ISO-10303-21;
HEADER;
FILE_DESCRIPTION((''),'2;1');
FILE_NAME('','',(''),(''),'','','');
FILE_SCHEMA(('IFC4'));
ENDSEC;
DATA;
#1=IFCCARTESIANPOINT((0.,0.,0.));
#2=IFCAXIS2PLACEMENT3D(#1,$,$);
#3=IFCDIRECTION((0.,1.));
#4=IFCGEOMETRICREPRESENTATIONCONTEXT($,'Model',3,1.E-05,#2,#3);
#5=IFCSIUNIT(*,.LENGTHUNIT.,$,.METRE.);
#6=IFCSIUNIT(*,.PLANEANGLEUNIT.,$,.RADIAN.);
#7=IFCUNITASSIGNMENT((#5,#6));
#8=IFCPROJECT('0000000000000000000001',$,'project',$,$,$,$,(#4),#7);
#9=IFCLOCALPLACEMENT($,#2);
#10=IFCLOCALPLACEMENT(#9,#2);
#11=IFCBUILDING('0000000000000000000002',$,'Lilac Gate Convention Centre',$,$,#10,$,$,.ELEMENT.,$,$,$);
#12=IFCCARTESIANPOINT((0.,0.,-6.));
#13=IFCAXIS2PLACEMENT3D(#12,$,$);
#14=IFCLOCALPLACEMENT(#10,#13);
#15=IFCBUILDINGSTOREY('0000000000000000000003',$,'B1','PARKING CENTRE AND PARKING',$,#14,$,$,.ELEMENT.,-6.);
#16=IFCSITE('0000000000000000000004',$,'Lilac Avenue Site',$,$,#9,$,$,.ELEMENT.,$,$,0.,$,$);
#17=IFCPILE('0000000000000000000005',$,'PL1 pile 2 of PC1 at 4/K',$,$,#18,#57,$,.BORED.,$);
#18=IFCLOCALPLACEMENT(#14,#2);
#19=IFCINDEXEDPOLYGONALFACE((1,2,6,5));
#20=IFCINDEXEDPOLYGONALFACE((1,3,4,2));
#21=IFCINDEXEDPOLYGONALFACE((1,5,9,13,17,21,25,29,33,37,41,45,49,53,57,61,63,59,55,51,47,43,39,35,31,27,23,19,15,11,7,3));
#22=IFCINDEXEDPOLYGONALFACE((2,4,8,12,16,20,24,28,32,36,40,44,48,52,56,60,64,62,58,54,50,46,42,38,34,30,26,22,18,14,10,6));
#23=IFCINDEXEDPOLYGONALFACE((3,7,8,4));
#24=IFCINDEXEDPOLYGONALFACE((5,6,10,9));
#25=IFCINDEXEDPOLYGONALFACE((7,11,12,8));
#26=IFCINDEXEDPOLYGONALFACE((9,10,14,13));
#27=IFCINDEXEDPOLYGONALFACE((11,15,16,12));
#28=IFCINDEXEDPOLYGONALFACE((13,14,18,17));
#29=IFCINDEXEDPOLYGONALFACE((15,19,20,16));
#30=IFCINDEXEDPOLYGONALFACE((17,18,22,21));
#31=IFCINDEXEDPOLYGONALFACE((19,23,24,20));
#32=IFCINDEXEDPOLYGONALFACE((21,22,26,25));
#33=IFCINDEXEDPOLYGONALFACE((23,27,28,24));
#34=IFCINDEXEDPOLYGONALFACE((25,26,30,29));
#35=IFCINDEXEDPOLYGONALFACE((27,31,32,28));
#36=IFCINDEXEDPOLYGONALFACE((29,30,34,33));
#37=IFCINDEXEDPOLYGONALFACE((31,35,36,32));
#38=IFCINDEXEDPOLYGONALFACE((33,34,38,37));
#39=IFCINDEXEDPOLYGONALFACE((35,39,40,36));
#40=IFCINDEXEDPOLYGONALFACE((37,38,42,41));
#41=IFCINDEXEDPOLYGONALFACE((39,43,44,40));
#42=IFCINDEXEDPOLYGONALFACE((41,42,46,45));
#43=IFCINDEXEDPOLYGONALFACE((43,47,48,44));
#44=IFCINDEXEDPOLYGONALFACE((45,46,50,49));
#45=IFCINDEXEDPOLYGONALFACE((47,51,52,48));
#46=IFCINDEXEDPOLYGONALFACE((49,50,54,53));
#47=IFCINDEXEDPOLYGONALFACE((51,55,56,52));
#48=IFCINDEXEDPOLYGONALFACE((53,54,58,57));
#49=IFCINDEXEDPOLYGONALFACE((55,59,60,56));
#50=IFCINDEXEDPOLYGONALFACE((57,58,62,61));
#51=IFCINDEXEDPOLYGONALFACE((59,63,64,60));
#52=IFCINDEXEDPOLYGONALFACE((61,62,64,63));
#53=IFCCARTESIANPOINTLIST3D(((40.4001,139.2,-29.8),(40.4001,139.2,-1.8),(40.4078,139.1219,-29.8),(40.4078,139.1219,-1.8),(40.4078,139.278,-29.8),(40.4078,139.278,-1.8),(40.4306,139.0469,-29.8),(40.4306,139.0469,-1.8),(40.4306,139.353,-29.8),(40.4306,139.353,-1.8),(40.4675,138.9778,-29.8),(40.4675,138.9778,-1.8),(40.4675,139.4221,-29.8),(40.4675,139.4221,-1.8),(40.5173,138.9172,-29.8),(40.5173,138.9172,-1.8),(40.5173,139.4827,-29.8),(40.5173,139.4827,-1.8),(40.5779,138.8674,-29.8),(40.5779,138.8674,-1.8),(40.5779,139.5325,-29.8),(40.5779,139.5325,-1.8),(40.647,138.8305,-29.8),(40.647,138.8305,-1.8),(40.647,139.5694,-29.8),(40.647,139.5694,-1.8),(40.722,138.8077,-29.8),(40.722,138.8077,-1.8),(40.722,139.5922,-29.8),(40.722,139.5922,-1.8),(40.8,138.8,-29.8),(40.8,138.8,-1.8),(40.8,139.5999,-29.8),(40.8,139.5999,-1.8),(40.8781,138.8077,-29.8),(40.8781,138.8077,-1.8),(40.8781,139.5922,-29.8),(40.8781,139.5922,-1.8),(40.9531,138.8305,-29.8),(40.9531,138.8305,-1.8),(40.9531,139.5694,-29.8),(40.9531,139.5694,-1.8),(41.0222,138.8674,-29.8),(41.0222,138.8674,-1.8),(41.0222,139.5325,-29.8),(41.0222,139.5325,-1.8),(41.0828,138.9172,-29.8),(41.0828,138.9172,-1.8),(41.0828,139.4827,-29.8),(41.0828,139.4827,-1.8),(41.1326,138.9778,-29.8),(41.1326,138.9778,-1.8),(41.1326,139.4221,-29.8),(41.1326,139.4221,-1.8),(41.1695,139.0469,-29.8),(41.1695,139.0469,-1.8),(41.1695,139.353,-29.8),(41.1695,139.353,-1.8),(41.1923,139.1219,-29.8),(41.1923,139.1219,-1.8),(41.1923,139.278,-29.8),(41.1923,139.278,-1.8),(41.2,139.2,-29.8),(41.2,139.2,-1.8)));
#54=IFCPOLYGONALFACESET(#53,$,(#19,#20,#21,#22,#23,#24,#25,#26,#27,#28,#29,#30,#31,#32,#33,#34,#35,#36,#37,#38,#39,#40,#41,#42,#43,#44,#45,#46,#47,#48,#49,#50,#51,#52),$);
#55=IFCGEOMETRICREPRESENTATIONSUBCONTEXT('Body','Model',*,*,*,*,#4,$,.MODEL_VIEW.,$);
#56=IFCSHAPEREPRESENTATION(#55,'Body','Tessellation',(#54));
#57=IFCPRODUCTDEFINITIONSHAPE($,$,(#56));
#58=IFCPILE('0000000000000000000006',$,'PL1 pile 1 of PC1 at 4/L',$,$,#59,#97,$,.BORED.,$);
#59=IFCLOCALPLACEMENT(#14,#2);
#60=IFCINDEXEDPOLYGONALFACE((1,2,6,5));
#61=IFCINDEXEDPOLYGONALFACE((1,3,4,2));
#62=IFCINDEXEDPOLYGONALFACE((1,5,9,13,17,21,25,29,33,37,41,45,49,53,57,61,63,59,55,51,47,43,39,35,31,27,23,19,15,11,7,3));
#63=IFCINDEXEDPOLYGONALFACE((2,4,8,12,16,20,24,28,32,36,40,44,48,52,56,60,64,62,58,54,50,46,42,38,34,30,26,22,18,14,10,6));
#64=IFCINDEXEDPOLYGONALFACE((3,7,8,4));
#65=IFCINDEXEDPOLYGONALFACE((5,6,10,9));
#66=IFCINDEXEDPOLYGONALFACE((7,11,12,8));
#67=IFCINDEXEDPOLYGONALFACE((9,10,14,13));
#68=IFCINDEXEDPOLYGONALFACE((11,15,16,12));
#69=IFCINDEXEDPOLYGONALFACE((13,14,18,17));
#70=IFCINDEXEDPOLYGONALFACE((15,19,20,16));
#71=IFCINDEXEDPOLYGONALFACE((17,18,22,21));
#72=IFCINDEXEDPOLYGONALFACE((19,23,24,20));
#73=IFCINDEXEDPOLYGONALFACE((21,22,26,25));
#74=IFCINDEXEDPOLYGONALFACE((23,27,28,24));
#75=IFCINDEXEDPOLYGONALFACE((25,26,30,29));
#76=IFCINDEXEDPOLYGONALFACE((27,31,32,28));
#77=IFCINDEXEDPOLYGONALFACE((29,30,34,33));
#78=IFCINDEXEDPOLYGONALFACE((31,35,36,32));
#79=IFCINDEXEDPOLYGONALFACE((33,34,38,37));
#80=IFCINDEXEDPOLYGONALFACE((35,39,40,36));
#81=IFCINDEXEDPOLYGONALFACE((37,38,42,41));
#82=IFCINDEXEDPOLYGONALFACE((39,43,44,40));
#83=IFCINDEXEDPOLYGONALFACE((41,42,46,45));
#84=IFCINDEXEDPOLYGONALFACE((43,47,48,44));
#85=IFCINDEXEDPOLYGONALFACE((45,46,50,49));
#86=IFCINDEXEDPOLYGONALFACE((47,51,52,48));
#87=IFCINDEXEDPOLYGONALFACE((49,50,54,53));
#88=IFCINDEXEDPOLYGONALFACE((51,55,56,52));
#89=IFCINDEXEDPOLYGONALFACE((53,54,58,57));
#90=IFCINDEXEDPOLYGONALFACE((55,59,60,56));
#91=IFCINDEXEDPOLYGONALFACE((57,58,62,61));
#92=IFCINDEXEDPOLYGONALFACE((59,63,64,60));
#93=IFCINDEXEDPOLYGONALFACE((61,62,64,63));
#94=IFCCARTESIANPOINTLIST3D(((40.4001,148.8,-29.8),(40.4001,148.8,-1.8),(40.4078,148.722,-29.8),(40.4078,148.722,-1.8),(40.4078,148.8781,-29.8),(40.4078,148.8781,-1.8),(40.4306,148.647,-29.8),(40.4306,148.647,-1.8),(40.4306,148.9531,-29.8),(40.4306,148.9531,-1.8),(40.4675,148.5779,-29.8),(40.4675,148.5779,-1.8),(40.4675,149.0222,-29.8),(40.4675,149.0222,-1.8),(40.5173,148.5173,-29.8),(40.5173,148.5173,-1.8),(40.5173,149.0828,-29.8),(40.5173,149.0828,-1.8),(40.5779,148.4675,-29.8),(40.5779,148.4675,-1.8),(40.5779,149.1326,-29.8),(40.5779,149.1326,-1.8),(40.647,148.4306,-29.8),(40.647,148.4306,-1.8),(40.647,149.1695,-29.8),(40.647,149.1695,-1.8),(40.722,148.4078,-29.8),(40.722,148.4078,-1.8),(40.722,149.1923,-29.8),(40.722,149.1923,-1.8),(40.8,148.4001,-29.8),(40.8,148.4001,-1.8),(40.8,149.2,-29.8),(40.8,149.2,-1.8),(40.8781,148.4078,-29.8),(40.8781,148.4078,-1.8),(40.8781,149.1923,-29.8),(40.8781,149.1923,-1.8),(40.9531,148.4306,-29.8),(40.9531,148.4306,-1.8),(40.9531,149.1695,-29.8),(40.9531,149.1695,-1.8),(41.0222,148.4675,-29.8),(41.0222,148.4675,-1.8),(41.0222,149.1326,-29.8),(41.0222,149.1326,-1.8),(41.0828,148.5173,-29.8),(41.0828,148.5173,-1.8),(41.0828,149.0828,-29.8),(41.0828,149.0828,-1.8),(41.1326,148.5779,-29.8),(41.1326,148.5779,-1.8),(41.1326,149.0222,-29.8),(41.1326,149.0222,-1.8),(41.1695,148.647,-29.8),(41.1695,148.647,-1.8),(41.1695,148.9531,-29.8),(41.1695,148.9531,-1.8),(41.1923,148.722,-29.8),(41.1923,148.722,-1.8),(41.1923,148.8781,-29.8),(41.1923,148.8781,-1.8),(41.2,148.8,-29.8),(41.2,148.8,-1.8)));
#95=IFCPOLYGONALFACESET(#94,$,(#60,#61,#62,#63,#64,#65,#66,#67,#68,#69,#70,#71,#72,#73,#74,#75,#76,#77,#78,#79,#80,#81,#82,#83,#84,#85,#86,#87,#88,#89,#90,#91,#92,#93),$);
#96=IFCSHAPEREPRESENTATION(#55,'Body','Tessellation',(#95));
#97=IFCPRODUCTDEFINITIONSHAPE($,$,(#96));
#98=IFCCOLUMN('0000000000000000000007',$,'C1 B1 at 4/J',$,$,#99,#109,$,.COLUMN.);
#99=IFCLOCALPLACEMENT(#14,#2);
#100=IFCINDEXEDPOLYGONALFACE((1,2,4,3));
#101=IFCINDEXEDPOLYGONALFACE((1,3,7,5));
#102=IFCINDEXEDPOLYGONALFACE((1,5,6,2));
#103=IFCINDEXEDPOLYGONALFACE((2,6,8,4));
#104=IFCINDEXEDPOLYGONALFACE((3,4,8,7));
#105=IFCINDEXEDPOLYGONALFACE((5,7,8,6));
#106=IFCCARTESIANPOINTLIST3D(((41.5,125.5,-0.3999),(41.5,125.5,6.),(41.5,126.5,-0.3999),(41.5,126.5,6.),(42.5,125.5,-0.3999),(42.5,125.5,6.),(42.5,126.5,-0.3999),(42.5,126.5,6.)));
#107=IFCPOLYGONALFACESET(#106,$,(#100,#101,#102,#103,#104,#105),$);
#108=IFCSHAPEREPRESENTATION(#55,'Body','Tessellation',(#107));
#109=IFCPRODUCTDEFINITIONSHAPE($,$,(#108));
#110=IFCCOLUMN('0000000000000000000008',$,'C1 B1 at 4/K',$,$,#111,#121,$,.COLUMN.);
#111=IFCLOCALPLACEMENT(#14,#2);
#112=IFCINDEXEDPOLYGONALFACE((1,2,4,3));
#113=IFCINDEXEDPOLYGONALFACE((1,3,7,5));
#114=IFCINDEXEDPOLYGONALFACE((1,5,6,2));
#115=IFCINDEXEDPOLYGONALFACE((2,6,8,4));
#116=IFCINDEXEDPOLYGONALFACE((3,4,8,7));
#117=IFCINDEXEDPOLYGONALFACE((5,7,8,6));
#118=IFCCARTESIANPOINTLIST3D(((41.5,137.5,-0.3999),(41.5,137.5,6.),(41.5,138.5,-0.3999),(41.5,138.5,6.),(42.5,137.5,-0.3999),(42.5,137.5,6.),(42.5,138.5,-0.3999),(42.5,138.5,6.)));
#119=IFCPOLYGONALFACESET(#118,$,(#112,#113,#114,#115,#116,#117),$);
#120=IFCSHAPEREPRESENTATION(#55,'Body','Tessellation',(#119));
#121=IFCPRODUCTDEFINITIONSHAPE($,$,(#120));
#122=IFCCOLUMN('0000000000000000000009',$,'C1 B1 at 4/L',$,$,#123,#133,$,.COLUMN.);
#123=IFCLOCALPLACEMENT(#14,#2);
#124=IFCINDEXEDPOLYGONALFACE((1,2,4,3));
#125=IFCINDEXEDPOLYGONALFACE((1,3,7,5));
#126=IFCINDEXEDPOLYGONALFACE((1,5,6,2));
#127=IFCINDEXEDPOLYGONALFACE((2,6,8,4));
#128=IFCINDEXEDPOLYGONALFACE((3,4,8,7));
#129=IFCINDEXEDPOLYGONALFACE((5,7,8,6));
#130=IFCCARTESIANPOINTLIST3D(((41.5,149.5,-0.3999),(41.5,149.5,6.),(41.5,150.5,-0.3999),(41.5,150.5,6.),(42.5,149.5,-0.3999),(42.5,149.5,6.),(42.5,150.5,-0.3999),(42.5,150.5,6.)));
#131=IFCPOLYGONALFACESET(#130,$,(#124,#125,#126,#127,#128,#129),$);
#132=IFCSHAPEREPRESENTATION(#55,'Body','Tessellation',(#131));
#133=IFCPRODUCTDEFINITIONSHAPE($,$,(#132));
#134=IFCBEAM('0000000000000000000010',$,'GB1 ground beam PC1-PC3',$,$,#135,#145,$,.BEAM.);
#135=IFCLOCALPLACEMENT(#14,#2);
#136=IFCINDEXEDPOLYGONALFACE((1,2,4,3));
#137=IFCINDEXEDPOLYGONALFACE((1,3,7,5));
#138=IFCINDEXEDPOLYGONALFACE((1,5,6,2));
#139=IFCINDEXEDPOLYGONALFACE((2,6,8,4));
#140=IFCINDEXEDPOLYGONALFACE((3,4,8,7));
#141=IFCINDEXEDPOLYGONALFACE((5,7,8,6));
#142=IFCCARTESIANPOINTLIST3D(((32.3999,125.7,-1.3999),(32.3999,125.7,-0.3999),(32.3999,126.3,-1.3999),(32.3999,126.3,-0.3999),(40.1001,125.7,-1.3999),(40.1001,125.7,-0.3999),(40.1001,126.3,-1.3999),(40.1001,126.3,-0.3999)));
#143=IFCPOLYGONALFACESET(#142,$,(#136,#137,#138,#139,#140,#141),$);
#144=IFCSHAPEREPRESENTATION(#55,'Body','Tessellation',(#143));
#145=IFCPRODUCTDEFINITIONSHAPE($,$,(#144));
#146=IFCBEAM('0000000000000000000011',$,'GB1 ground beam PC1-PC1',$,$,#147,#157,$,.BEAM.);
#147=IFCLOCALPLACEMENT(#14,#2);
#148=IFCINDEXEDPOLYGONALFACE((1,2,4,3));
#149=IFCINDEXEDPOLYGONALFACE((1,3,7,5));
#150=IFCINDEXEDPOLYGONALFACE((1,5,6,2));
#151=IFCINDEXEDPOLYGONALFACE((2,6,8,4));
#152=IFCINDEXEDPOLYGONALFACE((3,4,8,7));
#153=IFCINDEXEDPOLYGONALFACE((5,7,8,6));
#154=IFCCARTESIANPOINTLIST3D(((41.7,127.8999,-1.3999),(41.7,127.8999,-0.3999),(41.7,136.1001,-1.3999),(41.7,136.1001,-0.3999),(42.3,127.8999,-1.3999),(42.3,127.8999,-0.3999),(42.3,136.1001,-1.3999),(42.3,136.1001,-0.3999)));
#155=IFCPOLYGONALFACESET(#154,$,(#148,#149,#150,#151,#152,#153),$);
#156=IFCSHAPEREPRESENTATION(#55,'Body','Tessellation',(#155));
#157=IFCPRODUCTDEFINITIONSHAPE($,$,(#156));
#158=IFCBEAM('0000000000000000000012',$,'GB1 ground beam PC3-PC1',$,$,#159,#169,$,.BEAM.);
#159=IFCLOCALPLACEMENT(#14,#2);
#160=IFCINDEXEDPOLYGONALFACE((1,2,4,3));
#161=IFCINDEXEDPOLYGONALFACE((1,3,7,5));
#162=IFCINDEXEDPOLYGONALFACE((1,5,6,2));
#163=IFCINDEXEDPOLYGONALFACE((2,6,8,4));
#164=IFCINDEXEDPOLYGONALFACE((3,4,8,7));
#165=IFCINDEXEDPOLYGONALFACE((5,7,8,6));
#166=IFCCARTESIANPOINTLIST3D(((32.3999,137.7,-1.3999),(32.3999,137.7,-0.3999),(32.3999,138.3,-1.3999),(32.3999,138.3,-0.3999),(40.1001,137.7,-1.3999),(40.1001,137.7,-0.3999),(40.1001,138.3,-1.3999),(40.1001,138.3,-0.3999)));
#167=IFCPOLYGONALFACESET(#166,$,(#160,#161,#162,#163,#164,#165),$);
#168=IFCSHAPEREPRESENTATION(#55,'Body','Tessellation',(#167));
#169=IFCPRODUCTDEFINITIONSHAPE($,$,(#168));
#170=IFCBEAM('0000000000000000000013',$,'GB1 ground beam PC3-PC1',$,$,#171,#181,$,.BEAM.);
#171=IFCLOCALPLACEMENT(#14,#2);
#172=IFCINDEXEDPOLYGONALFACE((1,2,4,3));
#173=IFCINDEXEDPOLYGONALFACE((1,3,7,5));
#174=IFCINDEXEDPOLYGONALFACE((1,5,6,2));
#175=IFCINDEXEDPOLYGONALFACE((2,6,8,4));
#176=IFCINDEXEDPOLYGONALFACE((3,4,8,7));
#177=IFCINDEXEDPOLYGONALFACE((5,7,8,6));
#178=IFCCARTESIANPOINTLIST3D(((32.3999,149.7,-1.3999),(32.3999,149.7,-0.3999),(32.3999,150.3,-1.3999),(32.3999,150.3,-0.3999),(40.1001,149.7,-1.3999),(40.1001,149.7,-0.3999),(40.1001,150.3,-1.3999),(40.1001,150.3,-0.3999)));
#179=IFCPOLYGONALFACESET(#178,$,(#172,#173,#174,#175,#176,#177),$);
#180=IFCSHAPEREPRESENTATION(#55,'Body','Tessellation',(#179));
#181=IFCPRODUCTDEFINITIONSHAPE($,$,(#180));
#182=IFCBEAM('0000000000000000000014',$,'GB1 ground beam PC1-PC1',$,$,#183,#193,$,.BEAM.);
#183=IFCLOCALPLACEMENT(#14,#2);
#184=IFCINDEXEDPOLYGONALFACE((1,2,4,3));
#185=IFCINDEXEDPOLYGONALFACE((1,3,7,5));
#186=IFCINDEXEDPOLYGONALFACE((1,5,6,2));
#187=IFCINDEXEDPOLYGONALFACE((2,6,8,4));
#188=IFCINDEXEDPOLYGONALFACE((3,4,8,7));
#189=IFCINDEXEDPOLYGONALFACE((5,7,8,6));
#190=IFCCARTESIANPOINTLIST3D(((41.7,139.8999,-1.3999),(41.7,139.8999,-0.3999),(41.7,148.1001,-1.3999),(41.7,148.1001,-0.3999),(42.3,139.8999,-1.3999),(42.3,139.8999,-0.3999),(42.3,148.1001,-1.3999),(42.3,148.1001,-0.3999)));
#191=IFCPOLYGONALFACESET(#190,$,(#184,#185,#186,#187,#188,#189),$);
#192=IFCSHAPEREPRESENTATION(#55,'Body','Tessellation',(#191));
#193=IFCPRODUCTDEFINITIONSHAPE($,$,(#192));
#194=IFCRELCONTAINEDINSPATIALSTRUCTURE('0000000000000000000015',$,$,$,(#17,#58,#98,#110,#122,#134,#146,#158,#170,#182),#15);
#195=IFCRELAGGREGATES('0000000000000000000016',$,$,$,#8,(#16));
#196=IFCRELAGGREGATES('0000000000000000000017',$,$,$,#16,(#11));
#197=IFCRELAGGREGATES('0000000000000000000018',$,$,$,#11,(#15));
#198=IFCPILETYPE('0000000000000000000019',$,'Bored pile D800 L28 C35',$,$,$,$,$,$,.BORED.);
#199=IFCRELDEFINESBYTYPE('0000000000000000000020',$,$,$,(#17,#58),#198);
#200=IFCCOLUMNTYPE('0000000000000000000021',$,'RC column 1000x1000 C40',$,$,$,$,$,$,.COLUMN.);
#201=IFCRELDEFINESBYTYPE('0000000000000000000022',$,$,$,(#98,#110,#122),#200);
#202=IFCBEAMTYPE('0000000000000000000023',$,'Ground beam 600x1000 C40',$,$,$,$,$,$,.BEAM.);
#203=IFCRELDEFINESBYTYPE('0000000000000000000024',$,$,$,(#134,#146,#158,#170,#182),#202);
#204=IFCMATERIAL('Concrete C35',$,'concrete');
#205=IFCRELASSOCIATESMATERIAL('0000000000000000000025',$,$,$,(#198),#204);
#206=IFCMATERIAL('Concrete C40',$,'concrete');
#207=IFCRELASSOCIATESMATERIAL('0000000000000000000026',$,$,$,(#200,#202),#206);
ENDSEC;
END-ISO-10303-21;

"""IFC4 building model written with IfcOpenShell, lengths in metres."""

from ifc_helpers import new_model, si_unit, direction, frame, origin, origin_2d, place, context, subcontext, project, spatial, rectangle, circle, extrude, material, material_profile, profile_set, type_object, element, save


model = new_model("IFC4")

# Units and contexts
model_context = context("Model", 3, precision=1e-05, world=origin(), true_north=direction((0.0, 1.0)))
body_context = subcontext(model_context, "Body", "Model", "MODEL_VIEW")
ifc_project = project(units=[si_unit("LENGTHUNIT", "METRE"), si_unit("PLANEANGLEUNIT", "RADIAN")], contexts=[model_context])

# Site, building, storey
site_placement = place(None, origin())
site = spatial("IfcSite", under=ifc_project, at=site_placement, Name="Lilac Avenue Site", CompositionType="ELEMENT", RefElevation=0.0)
building_placement = place(site_placement, origin())
building = spatial("IfcBuilding", under=site, at=building_placement, Name="Lilac Gate Convention Centre", CompositionType="ELEMENT")
storey_placement = place(building_placement, frame((0.0, 0.0, -6.0)))
storey = spatial("IfcBuildingStorey", under=building, at=storey_placement, Name="B1", Description="PARKING CENTRE AND PARKING", CompositionType="ELEMENT", Elevation=-6.0)

# Piles
ifc_material_1 = material(Name="Concrete C35", Category="concrete")
ifc_material_profile_1 = material_profile(ifc_material_1, circle(Radius=0.3999, at=origin_2d()), Name="D800")
ifc_profile_set_1 = profile_set([ifc_material_profile_1], Name="Concrete C35")
pile_type = type_object("IfcPileType", Name="Bored pile D800 L28 C35", PredefinedType="BORED", material=ifc_profile_set_1)
for number, where, z_axis, x_axis, name in (
    (1, (40.8, 139.2, -1.8), (0.0, 0.0, -1.0), (1.0, 0.0, 0.0), "PL1 pile 2 of PC1 at 4/K"),
    (2, (40.8, 148.8, -1.8), (0.0, 0.0, -1.0), (1.0, 0.0, 0.0), "PL1 pile 1 of PC1 at 4/L"),
):
    element("IfcPile", number, at=place(storey_placement, frame(where, z_axis=z_axis, x_axis=x_axis)), inside=storey, type_object=pile_type, Name=name, PredefinedType="BORED", context=body_context, shape_type="SweptSolid", body=[
        extrude(circle(Radius=0.3999, at=origin_2d()), origin(), (0.0, 0.0, 1.0), 28.0),
    ])

# Columns
ifc_material_2 = material(Name="Concrete C40", Category="concrete")
ifc_material_profile_2 = material_profile(ifc_material_2, rectangle(XDim=1.0, YDim=1.0, at=origin_2d()), Name="RC 1000x1000")
ifc_profile_set_2 = profile_set([ifc_material_profile_2], Name="Concrete C40")
column_type = type_object("IfcColumnType", Name="RC column 1000x1000 C40", PredefinedType="COLUMN", material=ifc_profile_set_2)
for number, where, z_axis, x_axis, name in (
    (3, (42.0, 126.0, -0.3999), (0.0, 0.0, 1.0), (1.0, 0.0, 0.0), "C1 B1 at 4/J"),
    (4, (42.0, 138.0, -0.3999), (0.0, 0.0, 1.0), (1.0, 0.0, 0.0), "C1 B1 at 4/K"),
    (5, (42.0, 150.0, -0.3999), (0.0, 0.0, 1.0), (1.0, 0.0, 0.0), "C1 B1 at 4/L"),
):
    element("IfcColumn", number, at=place(storey_placement, frame(where, z_axis=z_axis, x_axis=x_axis)), inside=storey, type_object=column_type, Name=name, PredefinedType="COLUMN", context=body_context, shape_type="SweptSolid", body=[
        extrude(rectangle(XDim=1.0, YDim=1.0, at=origin_2d()), origin(), (0.0, 0.0, 1.0), 6.3999),
    ])

# Beams
ifc_material_profile_3 = material_profile(ifc_material_2, rectangle(XDim=0.6001, YDim=1.0, at=origin_2d()), Name="RC 600x1000")
ifc_profile_set_3 = profile_set([ifc_material_profile_3], Name="Concrete C40")
beam_type = type_object("IfcBeamType", Name="Ground beam 600x1000 C40", PredefinedType="BEAM", material=ifc_profile_set_3)
beam_1_placement = place(storey_placement, frame((32.3999, 126.0, -0.8999), z_axis=(1.0, 0.0, 0.0), x_axis=(0.0, 1.0, 0.0)))
element("IfcBeam", 6, at=beam_1_placement, inside=storey, type_object=beam_type, Name="GB1 ground beam PC1-PC3", PredefinedType="BEAM", context=body_context, shape_type="SweptSolid", body=[
    extrude(rectangle(XDim=0.6001, YDim=1.0, at=origin_2d()), origin(), (0.0, 0.0, 1.0), 7.7002),
])
beam_2_placement = place(storey_placement, frame((42.0, 127.8999, -0.8999), z_axis=(0.0, 1.0, 0.0), x_axis=(-1.0, 0.0, 0.0)))
element("IfcBeam", 7, at=beam_2_placement, inside=storey, type_object=beam_type, Name="GB1 ground beam PC1-PC1", PredefinedType="BEAM", context=body_context, shape_type="SweptSolid", body=[
    extrude(rectangle(XDim=0.6001, YDim=1.0, at=origin_2d()), origin(), (0.0, 0.0, 1.0), 8.2002),
])
for number, where, z_axis, x_axis, name in (
    (8, (32.3999, 138.0, -0.8999), (1.0, 0.0, 0.0), (0.0, 1.0, 0.0), "GB1 ground beam PC3-PC1"),
    (9, (32.3999, 150.0, -0.8999), (1.0, 0.0, 0.0), (0.0, 1.0, 0.0), "GB1 ground beam PC3-PC1"),
):
    element("IfcBeam", number, at=place(storey_placement, frame(where, z_axis=z_axis, x_axis=x_axis)), inside=storey, type_object=beam_type, Name=name, PredefinedType="BEAM", context=body_context, shape_type="SweptSolid", body=[
        extrude(rectangle(XDim=0.6001, YDim=1.0, at=origin_2d()), origin(), (0.0, 0.0, 1.0), 7.7002),
    ])
beam_3_placement = place(storey_placement, frame((42.0, 139.8999, -0.8999), z_axis=(0.0, 1.0, 0.0), x_axis=(-1.0, 0.0, 0.0)))
element("IfcBeam", 10, at=beam_3_placement, inside=storey, type_object=beam_type, Name="GB1 ground beam PC1-PC1", PredefinedType="BEAM", context=body_context, shape_type="SweptSolid", body=[
    extrude(rectangle(XDim=0.6001, YDim=1.0, at=origin_2d()), origin(), (0.0, 0.0, 1.0), 8.2002),
])

save(model, "model.ifc")
